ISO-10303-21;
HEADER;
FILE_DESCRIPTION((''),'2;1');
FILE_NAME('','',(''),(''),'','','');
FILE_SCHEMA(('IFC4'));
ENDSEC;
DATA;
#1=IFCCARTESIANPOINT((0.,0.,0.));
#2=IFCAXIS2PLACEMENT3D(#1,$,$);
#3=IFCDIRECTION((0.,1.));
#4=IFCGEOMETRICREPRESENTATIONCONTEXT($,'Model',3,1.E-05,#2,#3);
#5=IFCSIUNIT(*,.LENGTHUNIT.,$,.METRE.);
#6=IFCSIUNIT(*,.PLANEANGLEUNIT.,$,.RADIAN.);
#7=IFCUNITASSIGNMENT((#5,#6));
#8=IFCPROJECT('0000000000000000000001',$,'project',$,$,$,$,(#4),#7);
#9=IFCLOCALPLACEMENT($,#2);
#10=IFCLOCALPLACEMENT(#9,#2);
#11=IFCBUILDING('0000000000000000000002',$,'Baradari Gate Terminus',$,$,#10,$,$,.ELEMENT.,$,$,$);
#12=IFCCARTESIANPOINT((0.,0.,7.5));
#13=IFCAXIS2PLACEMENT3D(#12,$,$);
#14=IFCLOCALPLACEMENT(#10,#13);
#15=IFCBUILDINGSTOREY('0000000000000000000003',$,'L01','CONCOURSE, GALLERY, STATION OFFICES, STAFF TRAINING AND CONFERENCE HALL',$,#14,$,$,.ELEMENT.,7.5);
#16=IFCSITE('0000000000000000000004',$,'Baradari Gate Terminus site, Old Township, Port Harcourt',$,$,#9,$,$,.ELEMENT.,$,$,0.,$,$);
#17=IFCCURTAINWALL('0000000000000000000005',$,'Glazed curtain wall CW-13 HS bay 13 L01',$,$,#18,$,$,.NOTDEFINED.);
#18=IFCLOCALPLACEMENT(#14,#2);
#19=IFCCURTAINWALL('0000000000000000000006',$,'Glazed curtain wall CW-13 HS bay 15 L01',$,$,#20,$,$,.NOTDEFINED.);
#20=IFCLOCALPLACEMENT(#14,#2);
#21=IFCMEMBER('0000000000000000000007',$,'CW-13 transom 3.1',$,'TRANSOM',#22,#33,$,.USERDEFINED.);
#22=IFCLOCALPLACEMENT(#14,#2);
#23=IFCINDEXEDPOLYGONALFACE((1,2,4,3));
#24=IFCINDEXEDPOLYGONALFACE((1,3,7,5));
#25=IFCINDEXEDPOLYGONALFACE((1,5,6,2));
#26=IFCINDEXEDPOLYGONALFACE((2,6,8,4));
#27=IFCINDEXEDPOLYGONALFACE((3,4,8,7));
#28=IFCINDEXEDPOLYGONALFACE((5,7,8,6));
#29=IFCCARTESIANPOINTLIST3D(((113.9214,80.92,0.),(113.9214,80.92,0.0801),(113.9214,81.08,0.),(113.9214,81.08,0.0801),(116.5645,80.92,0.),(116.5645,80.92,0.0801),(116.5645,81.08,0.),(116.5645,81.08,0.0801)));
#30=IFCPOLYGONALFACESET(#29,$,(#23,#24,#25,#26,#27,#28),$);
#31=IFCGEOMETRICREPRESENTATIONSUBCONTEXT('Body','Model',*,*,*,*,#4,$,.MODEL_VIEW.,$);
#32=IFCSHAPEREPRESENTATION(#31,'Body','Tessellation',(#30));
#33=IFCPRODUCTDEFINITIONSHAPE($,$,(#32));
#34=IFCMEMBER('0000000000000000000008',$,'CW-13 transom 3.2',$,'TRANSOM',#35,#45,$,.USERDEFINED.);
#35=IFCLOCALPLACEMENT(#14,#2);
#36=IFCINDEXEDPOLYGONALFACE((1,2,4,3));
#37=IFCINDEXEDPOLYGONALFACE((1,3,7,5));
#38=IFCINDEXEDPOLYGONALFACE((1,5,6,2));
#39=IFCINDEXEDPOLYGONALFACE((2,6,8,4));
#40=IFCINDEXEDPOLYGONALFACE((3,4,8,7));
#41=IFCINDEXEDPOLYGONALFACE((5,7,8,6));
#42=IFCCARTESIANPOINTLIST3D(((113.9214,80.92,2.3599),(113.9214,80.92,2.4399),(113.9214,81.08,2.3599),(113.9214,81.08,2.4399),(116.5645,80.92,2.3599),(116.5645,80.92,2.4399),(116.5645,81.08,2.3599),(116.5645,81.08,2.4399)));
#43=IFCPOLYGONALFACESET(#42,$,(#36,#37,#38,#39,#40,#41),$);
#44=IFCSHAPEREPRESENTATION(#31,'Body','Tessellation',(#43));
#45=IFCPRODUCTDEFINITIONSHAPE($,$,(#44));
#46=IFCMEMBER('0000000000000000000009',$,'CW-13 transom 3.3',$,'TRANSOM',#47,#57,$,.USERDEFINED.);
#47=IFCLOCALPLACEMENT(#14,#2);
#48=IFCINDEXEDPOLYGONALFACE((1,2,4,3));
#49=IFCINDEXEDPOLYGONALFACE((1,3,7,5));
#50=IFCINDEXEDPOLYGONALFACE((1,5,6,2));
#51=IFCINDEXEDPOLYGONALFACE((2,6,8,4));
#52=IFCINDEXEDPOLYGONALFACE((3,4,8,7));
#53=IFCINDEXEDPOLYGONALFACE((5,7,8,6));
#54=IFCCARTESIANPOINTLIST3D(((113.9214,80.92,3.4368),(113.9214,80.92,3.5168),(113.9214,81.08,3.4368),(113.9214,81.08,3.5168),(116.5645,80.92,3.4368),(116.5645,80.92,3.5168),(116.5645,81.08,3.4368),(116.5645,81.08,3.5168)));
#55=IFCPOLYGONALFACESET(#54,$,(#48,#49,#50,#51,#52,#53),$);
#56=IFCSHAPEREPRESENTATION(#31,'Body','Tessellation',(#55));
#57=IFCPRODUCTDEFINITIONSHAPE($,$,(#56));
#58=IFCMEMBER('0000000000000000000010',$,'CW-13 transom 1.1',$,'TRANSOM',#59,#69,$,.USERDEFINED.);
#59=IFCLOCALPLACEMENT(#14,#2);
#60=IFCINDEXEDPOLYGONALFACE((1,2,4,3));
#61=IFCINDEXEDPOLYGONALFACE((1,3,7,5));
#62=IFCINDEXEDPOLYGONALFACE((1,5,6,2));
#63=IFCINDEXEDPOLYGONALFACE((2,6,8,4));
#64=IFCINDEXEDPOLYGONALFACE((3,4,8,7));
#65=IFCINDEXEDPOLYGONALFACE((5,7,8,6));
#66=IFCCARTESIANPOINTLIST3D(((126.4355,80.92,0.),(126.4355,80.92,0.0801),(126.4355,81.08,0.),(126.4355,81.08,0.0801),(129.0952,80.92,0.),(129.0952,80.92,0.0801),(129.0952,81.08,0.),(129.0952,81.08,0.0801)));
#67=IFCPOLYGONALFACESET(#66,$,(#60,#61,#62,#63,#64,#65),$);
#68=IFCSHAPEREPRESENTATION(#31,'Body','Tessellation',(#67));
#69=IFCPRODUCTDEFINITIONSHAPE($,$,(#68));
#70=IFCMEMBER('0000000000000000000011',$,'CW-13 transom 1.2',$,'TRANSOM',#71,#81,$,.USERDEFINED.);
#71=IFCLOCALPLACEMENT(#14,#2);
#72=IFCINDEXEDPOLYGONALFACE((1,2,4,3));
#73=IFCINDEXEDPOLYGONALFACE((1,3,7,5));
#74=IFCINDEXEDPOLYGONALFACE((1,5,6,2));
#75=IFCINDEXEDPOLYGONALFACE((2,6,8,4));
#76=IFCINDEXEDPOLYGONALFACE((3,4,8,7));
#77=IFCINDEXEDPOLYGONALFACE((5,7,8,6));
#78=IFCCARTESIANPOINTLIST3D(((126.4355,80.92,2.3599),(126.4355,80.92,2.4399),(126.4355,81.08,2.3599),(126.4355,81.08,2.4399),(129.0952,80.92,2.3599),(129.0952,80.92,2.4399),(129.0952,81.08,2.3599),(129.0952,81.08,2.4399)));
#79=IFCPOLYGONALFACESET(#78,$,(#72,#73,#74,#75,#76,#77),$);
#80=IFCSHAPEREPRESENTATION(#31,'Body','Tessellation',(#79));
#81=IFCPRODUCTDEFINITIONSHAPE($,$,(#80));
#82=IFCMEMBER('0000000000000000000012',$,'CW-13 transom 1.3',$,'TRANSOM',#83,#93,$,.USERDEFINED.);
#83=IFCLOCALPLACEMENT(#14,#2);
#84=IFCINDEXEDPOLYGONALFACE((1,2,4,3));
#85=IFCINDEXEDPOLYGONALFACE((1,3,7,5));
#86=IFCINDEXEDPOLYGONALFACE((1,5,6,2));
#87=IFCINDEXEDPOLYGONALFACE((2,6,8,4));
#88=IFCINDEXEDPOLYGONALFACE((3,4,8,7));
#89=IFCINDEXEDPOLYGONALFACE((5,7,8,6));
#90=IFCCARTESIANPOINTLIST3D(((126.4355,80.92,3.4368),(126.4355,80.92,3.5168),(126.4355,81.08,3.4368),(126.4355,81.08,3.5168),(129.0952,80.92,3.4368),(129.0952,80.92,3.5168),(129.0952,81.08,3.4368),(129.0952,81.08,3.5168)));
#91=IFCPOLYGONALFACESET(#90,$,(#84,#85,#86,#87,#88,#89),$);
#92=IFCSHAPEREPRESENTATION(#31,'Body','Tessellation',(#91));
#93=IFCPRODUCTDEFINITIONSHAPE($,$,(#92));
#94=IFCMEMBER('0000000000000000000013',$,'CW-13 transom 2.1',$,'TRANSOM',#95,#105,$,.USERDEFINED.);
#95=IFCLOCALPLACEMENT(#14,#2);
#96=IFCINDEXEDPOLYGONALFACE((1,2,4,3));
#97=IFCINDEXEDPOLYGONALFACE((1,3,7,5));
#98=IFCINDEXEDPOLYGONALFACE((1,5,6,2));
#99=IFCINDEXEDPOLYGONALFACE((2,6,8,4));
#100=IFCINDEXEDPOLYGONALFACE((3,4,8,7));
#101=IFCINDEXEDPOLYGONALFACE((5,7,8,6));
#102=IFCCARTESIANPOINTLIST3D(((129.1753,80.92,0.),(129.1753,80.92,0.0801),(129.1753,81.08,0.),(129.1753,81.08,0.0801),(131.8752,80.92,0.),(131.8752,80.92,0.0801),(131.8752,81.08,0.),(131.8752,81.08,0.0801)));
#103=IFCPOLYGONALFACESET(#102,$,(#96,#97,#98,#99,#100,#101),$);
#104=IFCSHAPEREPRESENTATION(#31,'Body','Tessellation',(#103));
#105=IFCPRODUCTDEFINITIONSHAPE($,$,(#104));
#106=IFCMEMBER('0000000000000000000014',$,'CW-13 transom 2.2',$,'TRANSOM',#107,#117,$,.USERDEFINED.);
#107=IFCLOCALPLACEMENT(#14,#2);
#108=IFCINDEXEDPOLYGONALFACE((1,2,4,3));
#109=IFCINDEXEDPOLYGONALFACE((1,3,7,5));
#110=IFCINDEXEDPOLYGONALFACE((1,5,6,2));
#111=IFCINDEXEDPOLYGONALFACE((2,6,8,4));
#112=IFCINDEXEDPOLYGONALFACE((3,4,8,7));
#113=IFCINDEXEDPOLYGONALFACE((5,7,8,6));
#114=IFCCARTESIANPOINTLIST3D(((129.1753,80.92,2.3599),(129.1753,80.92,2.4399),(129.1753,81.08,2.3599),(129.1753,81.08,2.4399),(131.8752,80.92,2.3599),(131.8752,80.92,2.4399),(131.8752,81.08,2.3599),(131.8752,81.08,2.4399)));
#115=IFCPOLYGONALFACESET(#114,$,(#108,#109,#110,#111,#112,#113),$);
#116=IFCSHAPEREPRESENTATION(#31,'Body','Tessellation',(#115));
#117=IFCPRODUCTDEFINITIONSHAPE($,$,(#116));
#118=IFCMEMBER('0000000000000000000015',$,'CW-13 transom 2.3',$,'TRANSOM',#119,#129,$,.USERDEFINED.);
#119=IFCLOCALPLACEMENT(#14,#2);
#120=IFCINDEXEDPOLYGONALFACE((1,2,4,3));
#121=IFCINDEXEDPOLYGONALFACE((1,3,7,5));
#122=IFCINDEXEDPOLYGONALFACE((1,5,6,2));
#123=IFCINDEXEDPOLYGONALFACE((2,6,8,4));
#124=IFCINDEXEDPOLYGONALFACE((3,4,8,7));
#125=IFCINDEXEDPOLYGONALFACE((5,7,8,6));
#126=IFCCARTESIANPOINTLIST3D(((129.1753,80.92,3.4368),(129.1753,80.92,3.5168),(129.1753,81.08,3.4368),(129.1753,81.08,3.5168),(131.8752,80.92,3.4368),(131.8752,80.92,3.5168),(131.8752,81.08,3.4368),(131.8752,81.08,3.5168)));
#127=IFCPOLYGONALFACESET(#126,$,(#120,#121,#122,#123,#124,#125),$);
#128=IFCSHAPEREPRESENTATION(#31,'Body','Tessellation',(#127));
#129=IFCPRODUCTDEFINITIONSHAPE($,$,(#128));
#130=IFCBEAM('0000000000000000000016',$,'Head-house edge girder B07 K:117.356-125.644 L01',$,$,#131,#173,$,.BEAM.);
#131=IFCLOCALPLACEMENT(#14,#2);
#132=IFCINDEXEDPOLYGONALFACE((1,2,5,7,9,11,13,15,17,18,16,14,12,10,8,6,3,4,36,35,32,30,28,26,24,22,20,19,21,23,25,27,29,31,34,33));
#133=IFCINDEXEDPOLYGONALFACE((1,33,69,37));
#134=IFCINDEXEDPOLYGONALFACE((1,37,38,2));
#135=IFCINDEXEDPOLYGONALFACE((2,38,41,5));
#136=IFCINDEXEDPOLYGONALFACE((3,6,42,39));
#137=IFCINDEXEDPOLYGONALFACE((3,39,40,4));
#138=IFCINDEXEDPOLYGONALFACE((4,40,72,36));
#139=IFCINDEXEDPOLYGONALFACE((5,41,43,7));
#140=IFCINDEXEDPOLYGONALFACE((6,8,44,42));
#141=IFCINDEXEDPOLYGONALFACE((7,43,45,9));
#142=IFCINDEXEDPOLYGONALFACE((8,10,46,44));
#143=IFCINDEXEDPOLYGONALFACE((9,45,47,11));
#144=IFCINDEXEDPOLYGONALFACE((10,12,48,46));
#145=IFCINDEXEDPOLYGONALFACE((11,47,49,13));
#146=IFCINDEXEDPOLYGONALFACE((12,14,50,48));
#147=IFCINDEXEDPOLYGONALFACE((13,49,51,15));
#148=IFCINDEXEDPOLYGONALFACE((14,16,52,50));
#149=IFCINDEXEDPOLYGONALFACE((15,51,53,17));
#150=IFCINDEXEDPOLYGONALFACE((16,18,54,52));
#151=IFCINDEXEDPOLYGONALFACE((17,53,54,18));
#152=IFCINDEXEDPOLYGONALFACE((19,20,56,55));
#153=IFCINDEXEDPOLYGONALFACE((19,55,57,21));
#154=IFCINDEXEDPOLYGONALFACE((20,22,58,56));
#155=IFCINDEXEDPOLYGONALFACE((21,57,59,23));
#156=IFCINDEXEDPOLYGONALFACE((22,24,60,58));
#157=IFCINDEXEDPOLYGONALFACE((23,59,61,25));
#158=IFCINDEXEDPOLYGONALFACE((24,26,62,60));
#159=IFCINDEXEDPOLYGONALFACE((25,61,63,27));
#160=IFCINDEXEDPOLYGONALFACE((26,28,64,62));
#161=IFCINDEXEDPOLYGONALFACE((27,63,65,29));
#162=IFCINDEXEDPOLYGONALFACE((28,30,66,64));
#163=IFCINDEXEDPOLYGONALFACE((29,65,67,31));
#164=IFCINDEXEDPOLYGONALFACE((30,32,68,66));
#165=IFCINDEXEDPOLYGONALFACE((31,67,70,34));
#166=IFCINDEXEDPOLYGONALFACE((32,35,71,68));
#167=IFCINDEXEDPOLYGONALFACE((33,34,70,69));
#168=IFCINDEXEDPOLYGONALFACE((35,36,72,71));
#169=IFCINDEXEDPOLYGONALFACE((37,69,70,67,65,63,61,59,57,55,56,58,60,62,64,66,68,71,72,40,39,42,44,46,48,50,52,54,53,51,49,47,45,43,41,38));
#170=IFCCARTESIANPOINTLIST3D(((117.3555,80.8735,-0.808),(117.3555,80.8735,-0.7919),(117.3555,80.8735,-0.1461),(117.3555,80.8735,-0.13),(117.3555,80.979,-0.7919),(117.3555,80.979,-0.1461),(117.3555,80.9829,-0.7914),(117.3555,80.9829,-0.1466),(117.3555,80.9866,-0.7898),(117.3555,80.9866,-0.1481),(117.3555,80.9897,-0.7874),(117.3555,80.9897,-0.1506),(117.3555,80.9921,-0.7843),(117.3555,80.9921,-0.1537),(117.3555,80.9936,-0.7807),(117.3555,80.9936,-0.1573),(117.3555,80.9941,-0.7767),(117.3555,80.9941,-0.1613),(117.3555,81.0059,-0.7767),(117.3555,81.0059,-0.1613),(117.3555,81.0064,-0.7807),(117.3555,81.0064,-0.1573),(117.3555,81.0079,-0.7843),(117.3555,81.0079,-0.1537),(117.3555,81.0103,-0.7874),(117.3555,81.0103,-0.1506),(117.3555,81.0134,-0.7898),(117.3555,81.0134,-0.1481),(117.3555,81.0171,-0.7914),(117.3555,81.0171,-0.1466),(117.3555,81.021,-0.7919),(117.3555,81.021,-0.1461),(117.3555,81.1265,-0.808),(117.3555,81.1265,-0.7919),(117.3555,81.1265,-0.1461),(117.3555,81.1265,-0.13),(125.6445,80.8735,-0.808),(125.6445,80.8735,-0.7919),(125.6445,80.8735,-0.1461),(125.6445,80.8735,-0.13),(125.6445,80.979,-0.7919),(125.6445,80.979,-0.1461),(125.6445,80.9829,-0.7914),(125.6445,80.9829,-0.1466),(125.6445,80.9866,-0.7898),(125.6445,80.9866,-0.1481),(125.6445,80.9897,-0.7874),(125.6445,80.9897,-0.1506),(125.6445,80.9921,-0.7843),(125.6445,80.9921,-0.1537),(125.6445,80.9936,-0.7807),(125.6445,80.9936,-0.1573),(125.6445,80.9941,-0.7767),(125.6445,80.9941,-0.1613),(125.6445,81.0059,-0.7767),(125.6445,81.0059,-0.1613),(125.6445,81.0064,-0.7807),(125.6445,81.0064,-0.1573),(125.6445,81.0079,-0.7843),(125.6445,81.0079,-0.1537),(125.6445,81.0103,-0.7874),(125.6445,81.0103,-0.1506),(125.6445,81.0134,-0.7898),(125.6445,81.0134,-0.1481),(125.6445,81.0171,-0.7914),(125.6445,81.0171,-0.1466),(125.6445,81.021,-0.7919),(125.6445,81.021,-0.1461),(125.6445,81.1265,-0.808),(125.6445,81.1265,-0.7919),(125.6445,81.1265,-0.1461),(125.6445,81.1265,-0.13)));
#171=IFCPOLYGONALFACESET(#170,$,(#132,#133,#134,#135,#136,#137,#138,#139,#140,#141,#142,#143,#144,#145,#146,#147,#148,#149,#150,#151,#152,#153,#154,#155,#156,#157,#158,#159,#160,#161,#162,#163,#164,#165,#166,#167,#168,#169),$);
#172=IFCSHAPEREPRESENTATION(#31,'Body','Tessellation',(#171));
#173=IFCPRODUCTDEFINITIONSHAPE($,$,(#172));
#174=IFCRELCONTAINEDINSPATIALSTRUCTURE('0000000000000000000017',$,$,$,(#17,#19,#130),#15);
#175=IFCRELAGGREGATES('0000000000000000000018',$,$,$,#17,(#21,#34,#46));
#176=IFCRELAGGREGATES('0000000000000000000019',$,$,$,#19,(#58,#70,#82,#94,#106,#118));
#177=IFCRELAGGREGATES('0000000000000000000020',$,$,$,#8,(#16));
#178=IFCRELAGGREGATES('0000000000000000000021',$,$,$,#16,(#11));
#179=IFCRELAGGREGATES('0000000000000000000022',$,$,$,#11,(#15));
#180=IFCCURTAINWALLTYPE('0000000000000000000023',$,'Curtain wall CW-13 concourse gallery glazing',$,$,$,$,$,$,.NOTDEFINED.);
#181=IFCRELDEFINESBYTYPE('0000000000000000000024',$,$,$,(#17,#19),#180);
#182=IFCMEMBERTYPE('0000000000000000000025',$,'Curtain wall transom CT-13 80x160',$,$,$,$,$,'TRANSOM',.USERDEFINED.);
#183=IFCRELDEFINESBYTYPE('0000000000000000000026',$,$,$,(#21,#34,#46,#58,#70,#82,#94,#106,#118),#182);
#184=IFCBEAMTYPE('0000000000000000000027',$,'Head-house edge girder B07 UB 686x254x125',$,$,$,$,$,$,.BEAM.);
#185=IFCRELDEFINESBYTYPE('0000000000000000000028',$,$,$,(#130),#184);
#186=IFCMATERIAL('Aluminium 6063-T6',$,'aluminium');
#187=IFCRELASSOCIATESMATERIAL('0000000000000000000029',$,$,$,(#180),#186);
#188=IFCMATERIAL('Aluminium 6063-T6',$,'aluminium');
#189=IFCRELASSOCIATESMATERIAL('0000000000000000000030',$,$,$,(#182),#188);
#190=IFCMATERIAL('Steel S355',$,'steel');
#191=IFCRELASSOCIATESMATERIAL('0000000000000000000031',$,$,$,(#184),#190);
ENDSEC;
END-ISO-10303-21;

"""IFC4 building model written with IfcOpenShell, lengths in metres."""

from ifc_helpers import new_model, si_unit, direction, frame, origin, origin_2d, place, context, subcontext, project, spatial, rectangle, i_section, extrude, material, material_profile, profile_set, type_object, element, aggregate, save


model = new_model("IFC4")

# Units and contexts
model_context = context("Model", 3, precision=1e-05, world=origin(), true_north=direction((0.0, 1.0)))
body_context = subcontext(model_context, "Body", "Model", "MODEL_VIEW")
ifc_project = project(units=[si_unit("LENGTHUNIT", "METRE"), si_unit("PLANEANGLEUNIT", "RADIAN")], contexts=[model_context])

# Site, building, storey
site_placement = place(None, origin())
site = spatial("IfcSite", under=ifc_project, at=site_placement, Name="Baradari Gate Terminus site, Old Township, Port Harcourt", CompositionType="ELEMENT", RefElevation=0.0)
building_placement = place(site_placement, origin())
building = spatial("IfcBuilding", under=site, at=building_placement, Name="Baradari Gate Terminus", CompositionType="ELEMENT")
storey_placement = place(building_placement, frame((0.0, 0.0, 7.5)))
storey = spatial("IfcBuildingStorey", under=building, at=storey_placement, Name="L01", Description="CONCOURSE, GALLERY, STATION OFFICES, STAFF TRAINING AND CONFERENCE HALL", CompositionType="ELEMENT", Elevation=7.5)

# Curtain walls
ifc_material_1 = material(Name="Aluminium 6063-T6", Category="aluminium")
curtain_wall_type = type_object("IfcCurtainWallType", Name="Curtain wall CW-13 concourse gallery glazing", PredefinedType="NOTDEFINED", material=ifc_material_1)
curtain_wall_1_placement = place(storey_placement, origin())
curtain_wall_1 = element("IfcCurtainWall", 1, at=curtain_wall_1_placement, inside=storey, type_object=curtain_wall_type, Name="Glazed curtain wall CW-13 HS bay 13 L01", PredefinedType="NOTDEFINED")
curtain_wall_2_placement = place(storey_placement, origin())
curtain_wall_2 = element("IfcCurtainWall", 2, at=curtain_wall_2_placement, inside=storey, type_object=curtain_wall_type, Name="Glazed curtain wall CW-13 HS bay 15 L01", PredefinedType="NOTDEFINED")

# Members
ifc_material_2 = material(Name="Aluminium 6063-T6", Category="aluminium")
ifc_material_profile_1 = material_profile(ifc_material_2, rectangle(XDim=0.1599, YDim=0.0801, at=origin_2d()), Name="CT-13 80X160")
ifc_profile_set_1 = profile_set([ifc_material_profile_1], Name="Aluminium 6063-T6")
member_type_1 = type_object("IfcMemberType", Name="Curtain wall transom CT-13 80x160", ElementType="TRANSOM", PredefinedType="USERDEFINED", material=ifc_profile_set_1)
member_1_placement = place(storey_placement, frame((113.9214, 81.0, 0.04), z_axis=(1.0, 0.0, 0.0), x_axis=(0.0, 1.0, 0.0)))
member_1 = element("IfcMember", 3, at=member_1_placement, type_object=member_type_1, Name="CW-13 transom 3.1", ObjectType="TRANSOM", PredefinedType="USERDEFINED", context=body_context, shape_type="SweptSolid", body=[
    extrude(rectangle(XDim=0.1599, YDim=0.0801, at=origin_2d()), origin(), (0.0, 0.0, 1.0), 2.6431),
])
member_2_placement = place(storey_placement, frame((113.9214, 81.0, 2.3999), z_axis=(1.0, 0.0, 0.0), x_axis=(0.0, 1.0, 0.0)))
member_2 = element("IfcMember", 4, at=member_2_placement, type_object=member_type_1, Name="CW-13 transom 3.2", ObjectType="TRANSOM", PredefinedType="USERDEFINED", context=body_context, shape_type="SweptSolid", body=[
    extrude(rectangle(XDim=0.1599, YDim=0.0801, at=origin_2d()), origin(), (0.0, 0.0, 1.0), 2.6431),
])
member_3_placement = place(storey_placement, frame((113.9214, 81.0, 3.4768), z_axis=(1.0, 0.0, 0.0), x_axis=(0.0, 1.0, 0.0)))
member_3 = element("IfcMember", 5, at=member_3_placement, type_object=member_type_1, Name="CW-13 transom 3.3", ObjectType="TRANSOM", PredefinedType="USERDEFINED", context=body_context, shape_type="SweptSolid", body=[
    extrude(rectangle(XDim=0.1599, YDim=0.0801, at=origin_2d()), origin(), (0.0, 0.0, 1.0), 2.6431),
])
member_4_placement = place(storey_placement, frame((126.4355, 81.0, 0.04), z_axis=(1.0, 0.0, 0.0), x_axis=(0.0, 1.0, 0.0)))
member_4 = element("IfcMember", 6, at=member_4_placement, type_object=member_type_1, Name="CW-13 transom 1.1", ObjectType="TRANSOM", PredefinedType="USERDEFINED", context=body_context, shape_type="SweptSolid", body=[
    extrude(rectangle(XDim=0.1599, YDim=0.0801, at=origin_2d()), origin(), (0.0, 0.0, 1.0), 2.6597),
])
member_5_placement = place(storey_placement, frame((126.4355, 81.0, 2.3999), z_axis=(1.0, 0.0, 0.0), x_axis=(0.0, 1.0, 0.0)))
member_5 = element("IfcMember", 7, at=member_5_placement, type_object=member_type_1, Name="CW-13 transom 1.2", ObjectType="TRANSOM", PredefinedType="USERDEFINED", context=body_context, shape_type="SweptSolid", body=[
    extrude(rectangle(XDim=0.1599, YDim=0.0801, at=origin_2d()), origin(), (0.0, 0.0, 1.0), 2.6597),
])
member_6_placement = place(storey_placement, frame((126.4355, 81.0, 3.4768), z_axis=(1.0, 0.0, 0.0), x_axis=(0.0, 1.0, 0.0)))
member_6 = element("IfcMember", 8, at=member_6_placement, type_object=member_type_1, Name="CW-13 transom 1.3", ObjectType="TRANSOM", PredefinedType="USERDEFINED", context=body_context, shape_type="SweptSolid", body=[
    extrude(rectangle(XDim=0.1599, YDim=0.0801, at=origin_2d()), origin(), (0.0, 0.0, 1.0), 2.6597),
])
member_7_placement = place(storey_placement, frame((129.1753, 81.0, 0.04), z_axis=(1.0, 0.0, 0.0), x_axis=(0.0, 1.0, 0.0)))
member_7 = element("IfcMember", 9, at=member_7_placement, type_object=member_type_1, Name="CW-13 transom 2.1", ObjectType="TRANSOM", PredefinedType="USERDEFINED", context=body_context, shape_type="SweptSolid", body=[
    extrude(rectangle(XDim=0.1599, YDim=0.0801, at=origin_2d()), origin(), (0.0, 0.0, 1.0), 2.7),
])
member_8_placement = place(storey_placement, frame((129.1753, 81.0, 2.3999), z_axis=(1.0, 0.0, 0.0), x_axis=(0.0, 1.0, 0.0)))
member_8 = element("IfcMember", 10, at=member_8_placement, type_object=member_type_1, Name="CW-13 transom 2.2", ObjectType="TRANSOM", PredefinedType="USERDEFINED", context=body_context, shape_type="SweptSolid", body=[
    extrude(rectangle(XDim=0.1599, YDim=0.0801, at=origin_2d()), origin(), (0.0, 0.0, 1.0), 2.7),
])
member_9_placement = place(storey_placement, frame((129.1753, 81.0, 3.4768), z_axis=(1.0, 0.0, 0.0), x_axis=(0.0, 1.0, 0.0)))
member_9 = element("IfcMember", 11, at=member_9_placement, type_object=member_type_1, Name="CW-13 transom 2.3", ObjectType="TRANSOM", PredefinedType="USERDEFINED", context=body_context, shape_type="SweptSolid", body=[
    extrude(rectangle(XDim=0.1599, YDim=0.0801, at=origin_2d()), origin(), (0.0, 0.0, 1.0), 2.7),
])

# Beam
ifc_material_3 = material(Name="Steel S355", Category="steel")
ifc_material_profile_2 = material_profile(ifc_material_3, i_section(OverallWidth=0.2529, OverallDepth=0.678, WebThickness=0.0117, FlangeThickness=0.0161, FilletRadius=0.0151, at=origin_2d()), Name="UB 686x254x125")
ifc_profile_set_2 = profile_set([ifc_material_profile_2], Name="Steel S355")
beam_type_1 = type_object("IfcBeamType", Name="Head-house edge girder B07 UB 686x254x125", PredefinedType="BEAM", material=ifc_profile_set_2)
beam_1_placement = place(storey_placement, frame((117.3555, 81.0, -0.469), z_axis=(1.0, 0.0, 0.0), x_axis=(0.0, 1.0, 0.0)))
element("IfcBeam", 12, at=beam_1_placement, inside=storey, type_object=beam_type_1, Name="Head-house edge girder B07 K:117.356-125.644 L01", PredefinedType="BEAM", context=body_context, shape_type="SweptSolid", body=[
    extrude(i_section(OverallWidth=0.2529, OverallDepth=0.678, WebThickness=0.0117, FlangeThickness=0.0161, FilletRadius=0.0151, at=origin_2d()), origin(), (0.0, 0.0, 1.0), 8.2891),
])

aggregate(curtain_wall_1, [member_1, member_2, member_3])
aggregate(curtain_wall_2, [member_4, member_5, member_6, member_7, member_8, member_9])

save(model, "model.ifc")
